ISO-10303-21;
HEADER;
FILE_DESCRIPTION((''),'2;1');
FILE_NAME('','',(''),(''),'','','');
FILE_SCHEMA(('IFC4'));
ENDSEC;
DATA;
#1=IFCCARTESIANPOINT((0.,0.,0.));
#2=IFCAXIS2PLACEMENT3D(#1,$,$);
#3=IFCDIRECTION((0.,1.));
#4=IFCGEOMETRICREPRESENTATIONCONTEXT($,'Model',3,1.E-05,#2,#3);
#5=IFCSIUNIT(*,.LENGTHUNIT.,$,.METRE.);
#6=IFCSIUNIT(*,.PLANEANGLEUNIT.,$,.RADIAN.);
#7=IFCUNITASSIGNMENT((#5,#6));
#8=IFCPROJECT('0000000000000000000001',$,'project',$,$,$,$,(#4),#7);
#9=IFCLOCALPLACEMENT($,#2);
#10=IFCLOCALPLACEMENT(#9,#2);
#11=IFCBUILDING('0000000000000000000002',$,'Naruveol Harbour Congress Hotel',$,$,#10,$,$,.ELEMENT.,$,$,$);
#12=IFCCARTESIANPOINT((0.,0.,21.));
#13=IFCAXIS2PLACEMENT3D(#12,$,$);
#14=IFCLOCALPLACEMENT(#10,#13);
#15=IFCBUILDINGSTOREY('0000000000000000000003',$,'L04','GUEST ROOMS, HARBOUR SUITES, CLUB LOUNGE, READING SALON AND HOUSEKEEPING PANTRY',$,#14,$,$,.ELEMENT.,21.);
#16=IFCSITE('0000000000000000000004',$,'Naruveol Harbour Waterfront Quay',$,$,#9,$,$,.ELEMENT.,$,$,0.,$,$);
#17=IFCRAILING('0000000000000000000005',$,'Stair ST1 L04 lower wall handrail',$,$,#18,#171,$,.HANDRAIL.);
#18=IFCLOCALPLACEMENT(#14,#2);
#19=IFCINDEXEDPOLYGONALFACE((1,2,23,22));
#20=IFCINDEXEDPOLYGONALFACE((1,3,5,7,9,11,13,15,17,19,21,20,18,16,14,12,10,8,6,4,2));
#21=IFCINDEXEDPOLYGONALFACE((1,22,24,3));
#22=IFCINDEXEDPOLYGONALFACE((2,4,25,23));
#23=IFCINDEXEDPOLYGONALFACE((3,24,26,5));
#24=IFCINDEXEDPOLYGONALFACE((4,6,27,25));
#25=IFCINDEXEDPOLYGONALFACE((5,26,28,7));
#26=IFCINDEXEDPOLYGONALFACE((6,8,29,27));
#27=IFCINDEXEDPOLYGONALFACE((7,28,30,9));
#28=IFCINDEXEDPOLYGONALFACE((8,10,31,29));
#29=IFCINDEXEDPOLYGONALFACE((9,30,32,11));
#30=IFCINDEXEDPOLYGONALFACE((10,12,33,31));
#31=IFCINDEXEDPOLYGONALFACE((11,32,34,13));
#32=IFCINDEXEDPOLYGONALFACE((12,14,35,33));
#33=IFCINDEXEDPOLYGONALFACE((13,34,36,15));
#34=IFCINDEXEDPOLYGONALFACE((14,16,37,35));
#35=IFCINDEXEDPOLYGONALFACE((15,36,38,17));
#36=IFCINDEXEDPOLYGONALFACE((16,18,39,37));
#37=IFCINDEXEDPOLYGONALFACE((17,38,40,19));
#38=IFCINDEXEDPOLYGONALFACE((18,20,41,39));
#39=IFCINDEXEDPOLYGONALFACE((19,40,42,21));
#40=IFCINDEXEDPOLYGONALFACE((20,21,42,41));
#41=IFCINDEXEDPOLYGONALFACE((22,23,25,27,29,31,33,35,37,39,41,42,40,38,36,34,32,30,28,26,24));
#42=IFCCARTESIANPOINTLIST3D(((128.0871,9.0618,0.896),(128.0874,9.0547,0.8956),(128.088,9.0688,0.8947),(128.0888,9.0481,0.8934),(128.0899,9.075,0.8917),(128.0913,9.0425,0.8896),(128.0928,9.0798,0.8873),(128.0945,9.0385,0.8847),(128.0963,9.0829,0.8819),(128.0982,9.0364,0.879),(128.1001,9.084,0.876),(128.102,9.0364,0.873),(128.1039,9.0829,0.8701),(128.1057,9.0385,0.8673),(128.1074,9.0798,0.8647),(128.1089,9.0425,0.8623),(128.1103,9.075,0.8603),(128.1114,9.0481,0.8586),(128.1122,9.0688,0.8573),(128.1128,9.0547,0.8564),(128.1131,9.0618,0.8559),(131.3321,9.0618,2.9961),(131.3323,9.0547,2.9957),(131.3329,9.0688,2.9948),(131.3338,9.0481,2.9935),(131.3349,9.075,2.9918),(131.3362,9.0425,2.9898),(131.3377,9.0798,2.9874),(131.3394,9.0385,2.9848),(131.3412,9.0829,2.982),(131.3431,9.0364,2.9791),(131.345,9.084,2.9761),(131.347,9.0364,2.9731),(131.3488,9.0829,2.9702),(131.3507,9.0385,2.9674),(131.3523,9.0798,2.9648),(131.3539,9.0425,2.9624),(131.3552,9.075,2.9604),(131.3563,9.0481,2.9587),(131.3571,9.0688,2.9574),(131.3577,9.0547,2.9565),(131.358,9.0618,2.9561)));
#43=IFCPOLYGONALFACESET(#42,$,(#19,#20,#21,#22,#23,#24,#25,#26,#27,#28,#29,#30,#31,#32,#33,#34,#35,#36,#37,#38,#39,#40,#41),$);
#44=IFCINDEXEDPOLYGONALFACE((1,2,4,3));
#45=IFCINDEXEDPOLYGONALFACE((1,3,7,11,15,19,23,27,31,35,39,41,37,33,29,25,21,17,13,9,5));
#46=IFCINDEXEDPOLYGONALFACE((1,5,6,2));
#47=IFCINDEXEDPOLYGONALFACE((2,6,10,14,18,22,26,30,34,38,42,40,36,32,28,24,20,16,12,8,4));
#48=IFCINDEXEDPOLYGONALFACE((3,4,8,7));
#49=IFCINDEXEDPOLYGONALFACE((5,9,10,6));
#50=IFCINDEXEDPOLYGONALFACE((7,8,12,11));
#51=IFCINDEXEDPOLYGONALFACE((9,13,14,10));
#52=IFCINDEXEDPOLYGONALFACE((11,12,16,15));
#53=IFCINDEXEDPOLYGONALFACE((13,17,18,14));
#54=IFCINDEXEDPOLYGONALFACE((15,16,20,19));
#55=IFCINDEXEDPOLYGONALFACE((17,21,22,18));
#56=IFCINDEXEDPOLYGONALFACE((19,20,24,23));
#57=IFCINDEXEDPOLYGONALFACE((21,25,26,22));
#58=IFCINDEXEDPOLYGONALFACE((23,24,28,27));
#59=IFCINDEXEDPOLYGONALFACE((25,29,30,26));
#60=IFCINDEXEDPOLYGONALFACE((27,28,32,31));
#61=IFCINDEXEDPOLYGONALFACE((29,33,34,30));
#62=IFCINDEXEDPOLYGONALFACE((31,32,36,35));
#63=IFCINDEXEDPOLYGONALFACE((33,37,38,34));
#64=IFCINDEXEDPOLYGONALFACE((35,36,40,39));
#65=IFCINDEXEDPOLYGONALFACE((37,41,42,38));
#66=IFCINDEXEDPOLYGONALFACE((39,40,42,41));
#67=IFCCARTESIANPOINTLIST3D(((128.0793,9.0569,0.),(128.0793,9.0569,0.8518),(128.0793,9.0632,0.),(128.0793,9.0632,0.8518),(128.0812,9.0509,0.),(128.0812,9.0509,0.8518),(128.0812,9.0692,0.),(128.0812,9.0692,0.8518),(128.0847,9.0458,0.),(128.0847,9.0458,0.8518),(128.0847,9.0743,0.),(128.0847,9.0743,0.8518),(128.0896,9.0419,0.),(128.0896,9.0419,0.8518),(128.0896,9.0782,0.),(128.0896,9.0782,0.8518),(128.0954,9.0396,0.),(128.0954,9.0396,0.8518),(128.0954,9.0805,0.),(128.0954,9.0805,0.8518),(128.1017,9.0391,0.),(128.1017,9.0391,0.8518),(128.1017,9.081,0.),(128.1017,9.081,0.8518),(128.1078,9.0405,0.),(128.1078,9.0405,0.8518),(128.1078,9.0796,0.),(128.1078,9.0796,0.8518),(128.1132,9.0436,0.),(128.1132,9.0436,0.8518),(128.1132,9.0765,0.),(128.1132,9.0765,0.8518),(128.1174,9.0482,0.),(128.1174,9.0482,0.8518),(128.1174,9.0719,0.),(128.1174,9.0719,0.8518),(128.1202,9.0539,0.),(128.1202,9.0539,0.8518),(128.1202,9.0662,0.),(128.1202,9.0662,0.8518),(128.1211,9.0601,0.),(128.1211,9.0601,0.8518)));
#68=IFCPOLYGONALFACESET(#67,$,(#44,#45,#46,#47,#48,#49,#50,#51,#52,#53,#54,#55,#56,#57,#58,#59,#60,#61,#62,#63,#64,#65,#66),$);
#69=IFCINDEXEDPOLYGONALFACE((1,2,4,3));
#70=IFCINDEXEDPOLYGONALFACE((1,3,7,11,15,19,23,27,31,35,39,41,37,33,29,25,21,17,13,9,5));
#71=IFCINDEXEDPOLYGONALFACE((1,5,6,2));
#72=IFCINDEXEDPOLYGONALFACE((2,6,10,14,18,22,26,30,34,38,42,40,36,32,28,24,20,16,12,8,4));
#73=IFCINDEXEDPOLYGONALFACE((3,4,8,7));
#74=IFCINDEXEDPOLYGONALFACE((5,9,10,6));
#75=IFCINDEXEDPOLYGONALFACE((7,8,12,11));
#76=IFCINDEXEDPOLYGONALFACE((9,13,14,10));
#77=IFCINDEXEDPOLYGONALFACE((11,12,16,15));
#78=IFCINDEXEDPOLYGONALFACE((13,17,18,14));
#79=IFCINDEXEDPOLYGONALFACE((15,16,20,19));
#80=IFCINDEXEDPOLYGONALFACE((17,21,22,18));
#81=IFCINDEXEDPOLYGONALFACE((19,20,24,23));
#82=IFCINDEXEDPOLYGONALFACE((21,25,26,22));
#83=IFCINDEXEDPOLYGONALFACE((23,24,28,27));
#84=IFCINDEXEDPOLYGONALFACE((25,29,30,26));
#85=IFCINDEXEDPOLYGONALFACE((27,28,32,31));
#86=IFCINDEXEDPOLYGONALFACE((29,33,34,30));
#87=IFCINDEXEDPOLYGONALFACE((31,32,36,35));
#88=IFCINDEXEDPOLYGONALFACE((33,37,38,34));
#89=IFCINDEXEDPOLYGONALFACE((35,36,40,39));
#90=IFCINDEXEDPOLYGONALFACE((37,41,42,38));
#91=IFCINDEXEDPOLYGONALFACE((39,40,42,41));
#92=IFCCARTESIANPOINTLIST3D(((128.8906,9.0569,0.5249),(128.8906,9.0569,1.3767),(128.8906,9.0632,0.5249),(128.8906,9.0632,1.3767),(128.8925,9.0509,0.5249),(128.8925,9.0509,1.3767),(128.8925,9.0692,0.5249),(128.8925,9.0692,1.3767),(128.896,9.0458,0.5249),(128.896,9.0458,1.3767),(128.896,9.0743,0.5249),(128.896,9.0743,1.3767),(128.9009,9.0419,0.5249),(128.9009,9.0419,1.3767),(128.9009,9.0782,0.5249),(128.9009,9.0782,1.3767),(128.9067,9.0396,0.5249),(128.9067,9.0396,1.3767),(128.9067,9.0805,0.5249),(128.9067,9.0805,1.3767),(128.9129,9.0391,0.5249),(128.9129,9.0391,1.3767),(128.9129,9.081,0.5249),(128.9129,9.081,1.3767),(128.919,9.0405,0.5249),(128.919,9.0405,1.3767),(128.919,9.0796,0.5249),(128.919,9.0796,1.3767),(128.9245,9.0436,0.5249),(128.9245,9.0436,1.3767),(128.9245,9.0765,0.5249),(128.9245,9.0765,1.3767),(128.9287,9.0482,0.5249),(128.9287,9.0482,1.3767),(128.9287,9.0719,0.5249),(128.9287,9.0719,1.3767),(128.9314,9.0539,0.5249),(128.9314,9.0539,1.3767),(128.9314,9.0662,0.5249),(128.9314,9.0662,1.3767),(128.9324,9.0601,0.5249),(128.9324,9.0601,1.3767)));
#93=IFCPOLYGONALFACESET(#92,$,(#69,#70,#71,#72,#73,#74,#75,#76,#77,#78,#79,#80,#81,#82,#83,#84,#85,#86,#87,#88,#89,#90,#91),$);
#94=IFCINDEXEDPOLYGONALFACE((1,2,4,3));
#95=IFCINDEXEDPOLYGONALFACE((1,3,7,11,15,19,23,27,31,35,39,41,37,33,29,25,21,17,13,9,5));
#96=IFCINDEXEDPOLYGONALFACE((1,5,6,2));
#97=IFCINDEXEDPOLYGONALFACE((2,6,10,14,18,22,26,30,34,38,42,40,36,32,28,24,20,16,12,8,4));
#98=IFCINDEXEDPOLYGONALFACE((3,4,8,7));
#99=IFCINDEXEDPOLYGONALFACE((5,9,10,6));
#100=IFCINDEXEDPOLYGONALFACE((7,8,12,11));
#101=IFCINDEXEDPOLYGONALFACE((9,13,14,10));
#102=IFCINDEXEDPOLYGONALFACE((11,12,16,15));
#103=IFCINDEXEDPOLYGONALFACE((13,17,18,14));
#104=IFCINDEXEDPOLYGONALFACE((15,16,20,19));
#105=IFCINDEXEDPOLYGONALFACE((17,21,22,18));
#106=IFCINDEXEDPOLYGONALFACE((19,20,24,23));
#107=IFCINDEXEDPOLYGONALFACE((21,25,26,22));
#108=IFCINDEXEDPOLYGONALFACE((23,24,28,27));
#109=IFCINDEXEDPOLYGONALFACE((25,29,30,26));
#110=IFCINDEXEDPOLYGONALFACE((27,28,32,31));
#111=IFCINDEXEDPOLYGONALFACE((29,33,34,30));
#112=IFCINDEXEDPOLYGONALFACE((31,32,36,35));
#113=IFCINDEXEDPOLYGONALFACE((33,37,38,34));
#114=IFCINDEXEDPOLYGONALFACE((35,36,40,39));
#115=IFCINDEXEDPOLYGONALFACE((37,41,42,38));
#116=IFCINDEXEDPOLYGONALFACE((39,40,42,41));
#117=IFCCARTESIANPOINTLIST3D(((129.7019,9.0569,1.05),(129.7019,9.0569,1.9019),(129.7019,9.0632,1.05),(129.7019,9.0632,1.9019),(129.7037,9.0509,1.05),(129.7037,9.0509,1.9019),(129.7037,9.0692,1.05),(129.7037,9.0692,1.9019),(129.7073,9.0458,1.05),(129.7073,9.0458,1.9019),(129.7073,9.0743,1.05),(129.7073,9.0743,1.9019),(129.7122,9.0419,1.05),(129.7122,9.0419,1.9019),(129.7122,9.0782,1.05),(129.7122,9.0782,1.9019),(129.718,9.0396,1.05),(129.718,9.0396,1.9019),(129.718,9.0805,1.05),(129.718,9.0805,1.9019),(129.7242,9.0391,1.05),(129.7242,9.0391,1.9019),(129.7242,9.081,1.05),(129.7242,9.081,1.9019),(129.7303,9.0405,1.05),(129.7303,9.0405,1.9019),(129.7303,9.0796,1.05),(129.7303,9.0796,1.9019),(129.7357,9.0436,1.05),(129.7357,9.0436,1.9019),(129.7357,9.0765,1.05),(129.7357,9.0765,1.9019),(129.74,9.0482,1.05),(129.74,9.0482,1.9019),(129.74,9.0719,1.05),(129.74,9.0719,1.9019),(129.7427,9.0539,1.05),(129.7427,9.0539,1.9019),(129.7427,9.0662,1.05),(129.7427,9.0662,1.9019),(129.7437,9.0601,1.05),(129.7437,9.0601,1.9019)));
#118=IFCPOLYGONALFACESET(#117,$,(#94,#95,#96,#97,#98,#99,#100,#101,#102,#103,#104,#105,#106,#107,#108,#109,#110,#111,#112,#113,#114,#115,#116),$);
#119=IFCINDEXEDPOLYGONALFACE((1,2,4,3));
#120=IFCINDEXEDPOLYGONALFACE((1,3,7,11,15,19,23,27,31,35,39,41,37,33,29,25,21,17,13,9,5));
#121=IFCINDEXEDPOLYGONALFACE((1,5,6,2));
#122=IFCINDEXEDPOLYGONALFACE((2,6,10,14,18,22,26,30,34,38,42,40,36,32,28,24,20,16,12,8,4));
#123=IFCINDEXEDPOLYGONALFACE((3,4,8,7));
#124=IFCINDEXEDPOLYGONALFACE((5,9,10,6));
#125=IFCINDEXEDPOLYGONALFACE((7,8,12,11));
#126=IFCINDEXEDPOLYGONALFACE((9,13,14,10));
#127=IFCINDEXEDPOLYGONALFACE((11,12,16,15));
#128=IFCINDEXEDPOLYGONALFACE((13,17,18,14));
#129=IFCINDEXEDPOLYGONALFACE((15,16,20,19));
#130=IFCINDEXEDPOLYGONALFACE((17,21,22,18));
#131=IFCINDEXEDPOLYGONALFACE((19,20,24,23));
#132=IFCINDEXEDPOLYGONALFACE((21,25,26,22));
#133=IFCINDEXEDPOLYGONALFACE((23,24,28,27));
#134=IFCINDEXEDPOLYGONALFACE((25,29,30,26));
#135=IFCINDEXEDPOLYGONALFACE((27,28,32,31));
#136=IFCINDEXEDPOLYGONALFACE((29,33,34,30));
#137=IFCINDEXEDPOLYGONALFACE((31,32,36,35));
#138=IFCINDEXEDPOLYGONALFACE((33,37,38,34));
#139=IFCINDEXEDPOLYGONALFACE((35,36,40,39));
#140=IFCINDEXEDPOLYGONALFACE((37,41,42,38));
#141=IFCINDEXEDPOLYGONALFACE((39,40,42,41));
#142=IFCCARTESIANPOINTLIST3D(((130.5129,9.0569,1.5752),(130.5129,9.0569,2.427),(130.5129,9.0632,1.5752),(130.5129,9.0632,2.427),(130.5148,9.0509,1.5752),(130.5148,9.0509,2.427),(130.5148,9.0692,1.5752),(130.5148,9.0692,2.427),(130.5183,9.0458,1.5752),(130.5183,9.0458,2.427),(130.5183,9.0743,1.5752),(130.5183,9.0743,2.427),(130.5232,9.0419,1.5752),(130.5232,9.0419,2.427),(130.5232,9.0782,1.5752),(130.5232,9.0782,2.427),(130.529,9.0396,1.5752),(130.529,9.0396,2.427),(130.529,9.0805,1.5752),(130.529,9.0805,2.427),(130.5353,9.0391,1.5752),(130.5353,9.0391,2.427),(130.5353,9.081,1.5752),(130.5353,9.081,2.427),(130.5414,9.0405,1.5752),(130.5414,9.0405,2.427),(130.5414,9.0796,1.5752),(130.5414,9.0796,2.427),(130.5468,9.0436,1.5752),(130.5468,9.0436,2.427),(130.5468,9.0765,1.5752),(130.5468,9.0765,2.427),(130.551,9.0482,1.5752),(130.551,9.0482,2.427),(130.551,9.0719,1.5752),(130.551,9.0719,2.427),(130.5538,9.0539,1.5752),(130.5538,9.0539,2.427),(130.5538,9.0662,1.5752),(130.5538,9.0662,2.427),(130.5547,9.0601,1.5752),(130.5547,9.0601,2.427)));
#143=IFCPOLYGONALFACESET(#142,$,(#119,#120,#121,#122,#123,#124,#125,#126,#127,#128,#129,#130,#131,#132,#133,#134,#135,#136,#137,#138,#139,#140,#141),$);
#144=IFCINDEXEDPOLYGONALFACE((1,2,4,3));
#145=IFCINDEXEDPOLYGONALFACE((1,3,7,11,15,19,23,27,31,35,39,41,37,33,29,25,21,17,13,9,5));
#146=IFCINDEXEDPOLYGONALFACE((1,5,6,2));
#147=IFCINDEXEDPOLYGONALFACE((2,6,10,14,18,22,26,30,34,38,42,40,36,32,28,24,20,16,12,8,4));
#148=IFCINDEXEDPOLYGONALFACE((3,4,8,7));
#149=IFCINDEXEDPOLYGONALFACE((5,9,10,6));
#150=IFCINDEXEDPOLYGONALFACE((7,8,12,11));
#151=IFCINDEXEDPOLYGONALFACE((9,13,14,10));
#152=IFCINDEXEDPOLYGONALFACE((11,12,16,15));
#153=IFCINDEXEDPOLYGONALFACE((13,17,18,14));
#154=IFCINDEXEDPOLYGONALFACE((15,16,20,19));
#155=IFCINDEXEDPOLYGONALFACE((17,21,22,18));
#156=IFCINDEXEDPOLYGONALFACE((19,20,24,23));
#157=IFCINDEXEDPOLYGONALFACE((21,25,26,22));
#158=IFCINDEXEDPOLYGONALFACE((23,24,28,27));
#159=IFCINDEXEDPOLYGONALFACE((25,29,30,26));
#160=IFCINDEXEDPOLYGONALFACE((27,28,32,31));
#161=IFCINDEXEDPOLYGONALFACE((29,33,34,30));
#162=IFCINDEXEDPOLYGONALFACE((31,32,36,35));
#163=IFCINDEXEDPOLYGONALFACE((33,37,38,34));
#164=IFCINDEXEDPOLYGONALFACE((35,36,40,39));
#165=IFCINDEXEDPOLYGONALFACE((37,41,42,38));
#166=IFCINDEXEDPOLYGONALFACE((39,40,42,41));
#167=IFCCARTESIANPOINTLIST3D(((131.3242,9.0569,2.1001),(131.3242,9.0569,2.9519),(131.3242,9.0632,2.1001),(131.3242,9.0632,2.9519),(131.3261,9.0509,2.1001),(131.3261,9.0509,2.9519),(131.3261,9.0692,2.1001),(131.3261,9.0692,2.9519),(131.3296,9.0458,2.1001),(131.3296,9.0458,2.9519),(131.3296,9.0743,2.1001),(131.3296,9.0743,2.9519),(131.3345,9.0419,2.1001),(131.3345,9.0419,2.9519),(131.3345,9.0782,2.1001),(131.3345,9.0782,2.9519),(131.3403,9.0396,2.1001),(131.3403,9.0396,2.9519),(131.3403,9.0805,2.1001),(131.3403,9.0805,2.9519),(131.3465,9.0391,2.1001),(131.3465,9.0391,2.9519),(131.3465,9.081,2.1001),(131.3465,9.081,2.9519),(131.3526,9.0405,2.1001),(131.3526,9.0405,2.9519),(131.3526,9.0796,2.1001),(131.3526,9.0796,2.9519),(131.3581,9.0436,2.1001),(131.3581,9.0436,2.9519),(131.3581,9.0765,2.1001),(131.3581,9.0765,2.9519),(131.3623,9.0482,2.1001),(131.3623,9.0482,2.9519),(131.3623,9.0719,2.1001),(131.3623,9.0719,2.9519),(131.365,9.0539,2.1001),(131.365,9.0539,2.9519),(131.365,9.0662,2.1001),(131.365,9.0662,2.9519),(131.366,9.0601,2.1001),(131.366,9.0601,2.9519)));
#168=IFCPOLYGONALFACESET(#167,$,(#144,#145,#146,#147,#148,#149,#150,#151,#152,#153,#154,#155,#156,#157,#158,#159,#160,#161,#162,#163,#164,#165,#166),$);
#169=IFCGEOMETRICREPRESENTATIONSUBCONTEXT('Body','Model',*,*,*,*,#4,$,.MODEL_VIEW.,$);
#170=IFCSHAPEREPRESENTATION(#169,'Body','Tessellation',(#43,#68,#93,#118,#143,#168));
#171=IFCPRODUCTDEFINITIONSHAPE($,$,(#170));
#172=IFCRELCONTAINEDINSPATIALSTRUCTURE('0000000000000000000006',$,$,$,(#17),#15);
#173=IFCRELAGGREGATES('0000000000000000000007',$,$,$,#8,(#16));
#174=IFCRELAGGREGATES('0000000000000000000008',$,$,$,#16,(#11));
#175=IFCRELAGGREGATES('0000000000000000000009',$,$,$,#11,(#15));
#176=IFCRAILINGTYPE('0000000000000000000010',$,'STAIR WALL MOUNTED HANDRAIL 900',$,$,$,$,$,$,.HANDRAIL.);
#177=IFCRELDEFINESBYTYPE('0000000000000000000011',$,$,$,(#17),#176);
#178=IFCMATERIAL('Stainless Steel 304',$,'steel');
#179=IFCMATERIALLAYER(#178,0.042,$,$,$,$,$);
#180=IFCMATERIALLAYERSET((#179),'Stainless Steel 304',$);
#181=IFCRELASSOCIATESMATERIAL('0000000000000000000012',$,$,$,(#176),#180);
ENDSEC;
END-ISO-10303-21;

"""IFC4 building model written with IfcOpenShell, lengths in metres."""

from ifc_helpers import new_model, si_unit, direction, frame, origin, origin_2d, place, context, subcontext, project, spatial, circle, extrude, material, layer, layer_set, type_object, element, save


model = new_model("IFC4")

# Units and contexts
model_context = context("Model", 3, precision=1e-05, world=origin(), true_north=direction((0.0, 1.0)))
body_context = subcontext(model_context, "Body", "Model", "MODEL_VIEW")
ifc_project = project(units=[si_unit("LENGTHUNIT", "METRE"), si_unit("PLANEANGLEUNIT", "RADIAN")], contexts=[model_context])

# Site, building, storey
site_placement = place(None, origin())
site = spatial("IfcSite", under=ifc_project, at=site_placement, Name="Naruveol Harbour Waterfront Quay", CompositionType="ELEMENT", RefElevation=0.0)
building_placement = place(site_placement, origin())
building = spatial("IfcBuilding", under=site, at=building_placement, Name="Naruveol Harbour Congress Hotel", CompositionType="ELEMENT")
storey_placement = place(building_placement, frame((0.0, 0.0, 21.0)))
storey = spatial("IfcBuildingStorey", under=building, at=storey_placement, Name="L04", Description="GUEST ROOMS, HARBOUR SUITES, CLUB LOUNGE, READING SALON AND HOUSEKEEPING PANTRY", CompositionType="ELEMENT", Elevation=21.0)

# Railing
ifc_material_1 = material(Name="Stainless Steel 304", Category="steel")
ifc_layer_1 = layer(ifc_material_1, 0.042)
ifc_layer_set_1 = layer_set([ifc_layer_1], Name="Stainless Steel 304")
railing_type_1 = type_object("IfcRailingType", Name="STAIR WALL MOUNTED HANDRAIL 900", PredefinedType="HANDRAIL", material=ifc_layer_set_1)
railing_1_placement = place(storey_placement, frame((128.1001, 9.0601, 0.0)))
element("IfcRailing", 1, at=railing_1_placement, inside=storey, type_object=railing_type_1, Name="Stair ST1 L04 lower wall handrail", PredefinedType="HANDRAIL", context=body_context, shape_type="SweptSolid", body=[
    extrude(circle(Radius=0.0239, at=origin_2d()), frame((0.0, 0.0, 0.876), z_axis=(0.839514, 0.0, 0.543338), x_axis=(0.0, 1.0, 0.0)), (0.0, 0.0, 1.0), 3.8652),
    extrude(circle(Radius=0.021, at=origin_2d()), origin(), (0.0, 0.0, 1.0), 0.8518),
    extrude(circle(Radius=0.021, at=origin_2d()), frame((0.8113, 0.0, 0.5249)), (0.0, 0.0, 1.0), 0.8518),
    extrude(circle(Radius=0.021, at=origin_2d()), frame((1.6226, 0.0, 1.05)), (0.0, 0.0, 1.0), 0.8518),
    extrude(circle(Radius=0.021, at=origin_2d()), frame((2.4336, 0.0, 1.5752)), (0.0, 0.0, 1.0), 0.8518),
    extrude(circle(Radius=0.021, at=origin_2d()), frame((3.2449, 0.0, 2.1001)), (0.0, 0.0, 1.0), 0.8518),
])

save(model, "model.ifc")
